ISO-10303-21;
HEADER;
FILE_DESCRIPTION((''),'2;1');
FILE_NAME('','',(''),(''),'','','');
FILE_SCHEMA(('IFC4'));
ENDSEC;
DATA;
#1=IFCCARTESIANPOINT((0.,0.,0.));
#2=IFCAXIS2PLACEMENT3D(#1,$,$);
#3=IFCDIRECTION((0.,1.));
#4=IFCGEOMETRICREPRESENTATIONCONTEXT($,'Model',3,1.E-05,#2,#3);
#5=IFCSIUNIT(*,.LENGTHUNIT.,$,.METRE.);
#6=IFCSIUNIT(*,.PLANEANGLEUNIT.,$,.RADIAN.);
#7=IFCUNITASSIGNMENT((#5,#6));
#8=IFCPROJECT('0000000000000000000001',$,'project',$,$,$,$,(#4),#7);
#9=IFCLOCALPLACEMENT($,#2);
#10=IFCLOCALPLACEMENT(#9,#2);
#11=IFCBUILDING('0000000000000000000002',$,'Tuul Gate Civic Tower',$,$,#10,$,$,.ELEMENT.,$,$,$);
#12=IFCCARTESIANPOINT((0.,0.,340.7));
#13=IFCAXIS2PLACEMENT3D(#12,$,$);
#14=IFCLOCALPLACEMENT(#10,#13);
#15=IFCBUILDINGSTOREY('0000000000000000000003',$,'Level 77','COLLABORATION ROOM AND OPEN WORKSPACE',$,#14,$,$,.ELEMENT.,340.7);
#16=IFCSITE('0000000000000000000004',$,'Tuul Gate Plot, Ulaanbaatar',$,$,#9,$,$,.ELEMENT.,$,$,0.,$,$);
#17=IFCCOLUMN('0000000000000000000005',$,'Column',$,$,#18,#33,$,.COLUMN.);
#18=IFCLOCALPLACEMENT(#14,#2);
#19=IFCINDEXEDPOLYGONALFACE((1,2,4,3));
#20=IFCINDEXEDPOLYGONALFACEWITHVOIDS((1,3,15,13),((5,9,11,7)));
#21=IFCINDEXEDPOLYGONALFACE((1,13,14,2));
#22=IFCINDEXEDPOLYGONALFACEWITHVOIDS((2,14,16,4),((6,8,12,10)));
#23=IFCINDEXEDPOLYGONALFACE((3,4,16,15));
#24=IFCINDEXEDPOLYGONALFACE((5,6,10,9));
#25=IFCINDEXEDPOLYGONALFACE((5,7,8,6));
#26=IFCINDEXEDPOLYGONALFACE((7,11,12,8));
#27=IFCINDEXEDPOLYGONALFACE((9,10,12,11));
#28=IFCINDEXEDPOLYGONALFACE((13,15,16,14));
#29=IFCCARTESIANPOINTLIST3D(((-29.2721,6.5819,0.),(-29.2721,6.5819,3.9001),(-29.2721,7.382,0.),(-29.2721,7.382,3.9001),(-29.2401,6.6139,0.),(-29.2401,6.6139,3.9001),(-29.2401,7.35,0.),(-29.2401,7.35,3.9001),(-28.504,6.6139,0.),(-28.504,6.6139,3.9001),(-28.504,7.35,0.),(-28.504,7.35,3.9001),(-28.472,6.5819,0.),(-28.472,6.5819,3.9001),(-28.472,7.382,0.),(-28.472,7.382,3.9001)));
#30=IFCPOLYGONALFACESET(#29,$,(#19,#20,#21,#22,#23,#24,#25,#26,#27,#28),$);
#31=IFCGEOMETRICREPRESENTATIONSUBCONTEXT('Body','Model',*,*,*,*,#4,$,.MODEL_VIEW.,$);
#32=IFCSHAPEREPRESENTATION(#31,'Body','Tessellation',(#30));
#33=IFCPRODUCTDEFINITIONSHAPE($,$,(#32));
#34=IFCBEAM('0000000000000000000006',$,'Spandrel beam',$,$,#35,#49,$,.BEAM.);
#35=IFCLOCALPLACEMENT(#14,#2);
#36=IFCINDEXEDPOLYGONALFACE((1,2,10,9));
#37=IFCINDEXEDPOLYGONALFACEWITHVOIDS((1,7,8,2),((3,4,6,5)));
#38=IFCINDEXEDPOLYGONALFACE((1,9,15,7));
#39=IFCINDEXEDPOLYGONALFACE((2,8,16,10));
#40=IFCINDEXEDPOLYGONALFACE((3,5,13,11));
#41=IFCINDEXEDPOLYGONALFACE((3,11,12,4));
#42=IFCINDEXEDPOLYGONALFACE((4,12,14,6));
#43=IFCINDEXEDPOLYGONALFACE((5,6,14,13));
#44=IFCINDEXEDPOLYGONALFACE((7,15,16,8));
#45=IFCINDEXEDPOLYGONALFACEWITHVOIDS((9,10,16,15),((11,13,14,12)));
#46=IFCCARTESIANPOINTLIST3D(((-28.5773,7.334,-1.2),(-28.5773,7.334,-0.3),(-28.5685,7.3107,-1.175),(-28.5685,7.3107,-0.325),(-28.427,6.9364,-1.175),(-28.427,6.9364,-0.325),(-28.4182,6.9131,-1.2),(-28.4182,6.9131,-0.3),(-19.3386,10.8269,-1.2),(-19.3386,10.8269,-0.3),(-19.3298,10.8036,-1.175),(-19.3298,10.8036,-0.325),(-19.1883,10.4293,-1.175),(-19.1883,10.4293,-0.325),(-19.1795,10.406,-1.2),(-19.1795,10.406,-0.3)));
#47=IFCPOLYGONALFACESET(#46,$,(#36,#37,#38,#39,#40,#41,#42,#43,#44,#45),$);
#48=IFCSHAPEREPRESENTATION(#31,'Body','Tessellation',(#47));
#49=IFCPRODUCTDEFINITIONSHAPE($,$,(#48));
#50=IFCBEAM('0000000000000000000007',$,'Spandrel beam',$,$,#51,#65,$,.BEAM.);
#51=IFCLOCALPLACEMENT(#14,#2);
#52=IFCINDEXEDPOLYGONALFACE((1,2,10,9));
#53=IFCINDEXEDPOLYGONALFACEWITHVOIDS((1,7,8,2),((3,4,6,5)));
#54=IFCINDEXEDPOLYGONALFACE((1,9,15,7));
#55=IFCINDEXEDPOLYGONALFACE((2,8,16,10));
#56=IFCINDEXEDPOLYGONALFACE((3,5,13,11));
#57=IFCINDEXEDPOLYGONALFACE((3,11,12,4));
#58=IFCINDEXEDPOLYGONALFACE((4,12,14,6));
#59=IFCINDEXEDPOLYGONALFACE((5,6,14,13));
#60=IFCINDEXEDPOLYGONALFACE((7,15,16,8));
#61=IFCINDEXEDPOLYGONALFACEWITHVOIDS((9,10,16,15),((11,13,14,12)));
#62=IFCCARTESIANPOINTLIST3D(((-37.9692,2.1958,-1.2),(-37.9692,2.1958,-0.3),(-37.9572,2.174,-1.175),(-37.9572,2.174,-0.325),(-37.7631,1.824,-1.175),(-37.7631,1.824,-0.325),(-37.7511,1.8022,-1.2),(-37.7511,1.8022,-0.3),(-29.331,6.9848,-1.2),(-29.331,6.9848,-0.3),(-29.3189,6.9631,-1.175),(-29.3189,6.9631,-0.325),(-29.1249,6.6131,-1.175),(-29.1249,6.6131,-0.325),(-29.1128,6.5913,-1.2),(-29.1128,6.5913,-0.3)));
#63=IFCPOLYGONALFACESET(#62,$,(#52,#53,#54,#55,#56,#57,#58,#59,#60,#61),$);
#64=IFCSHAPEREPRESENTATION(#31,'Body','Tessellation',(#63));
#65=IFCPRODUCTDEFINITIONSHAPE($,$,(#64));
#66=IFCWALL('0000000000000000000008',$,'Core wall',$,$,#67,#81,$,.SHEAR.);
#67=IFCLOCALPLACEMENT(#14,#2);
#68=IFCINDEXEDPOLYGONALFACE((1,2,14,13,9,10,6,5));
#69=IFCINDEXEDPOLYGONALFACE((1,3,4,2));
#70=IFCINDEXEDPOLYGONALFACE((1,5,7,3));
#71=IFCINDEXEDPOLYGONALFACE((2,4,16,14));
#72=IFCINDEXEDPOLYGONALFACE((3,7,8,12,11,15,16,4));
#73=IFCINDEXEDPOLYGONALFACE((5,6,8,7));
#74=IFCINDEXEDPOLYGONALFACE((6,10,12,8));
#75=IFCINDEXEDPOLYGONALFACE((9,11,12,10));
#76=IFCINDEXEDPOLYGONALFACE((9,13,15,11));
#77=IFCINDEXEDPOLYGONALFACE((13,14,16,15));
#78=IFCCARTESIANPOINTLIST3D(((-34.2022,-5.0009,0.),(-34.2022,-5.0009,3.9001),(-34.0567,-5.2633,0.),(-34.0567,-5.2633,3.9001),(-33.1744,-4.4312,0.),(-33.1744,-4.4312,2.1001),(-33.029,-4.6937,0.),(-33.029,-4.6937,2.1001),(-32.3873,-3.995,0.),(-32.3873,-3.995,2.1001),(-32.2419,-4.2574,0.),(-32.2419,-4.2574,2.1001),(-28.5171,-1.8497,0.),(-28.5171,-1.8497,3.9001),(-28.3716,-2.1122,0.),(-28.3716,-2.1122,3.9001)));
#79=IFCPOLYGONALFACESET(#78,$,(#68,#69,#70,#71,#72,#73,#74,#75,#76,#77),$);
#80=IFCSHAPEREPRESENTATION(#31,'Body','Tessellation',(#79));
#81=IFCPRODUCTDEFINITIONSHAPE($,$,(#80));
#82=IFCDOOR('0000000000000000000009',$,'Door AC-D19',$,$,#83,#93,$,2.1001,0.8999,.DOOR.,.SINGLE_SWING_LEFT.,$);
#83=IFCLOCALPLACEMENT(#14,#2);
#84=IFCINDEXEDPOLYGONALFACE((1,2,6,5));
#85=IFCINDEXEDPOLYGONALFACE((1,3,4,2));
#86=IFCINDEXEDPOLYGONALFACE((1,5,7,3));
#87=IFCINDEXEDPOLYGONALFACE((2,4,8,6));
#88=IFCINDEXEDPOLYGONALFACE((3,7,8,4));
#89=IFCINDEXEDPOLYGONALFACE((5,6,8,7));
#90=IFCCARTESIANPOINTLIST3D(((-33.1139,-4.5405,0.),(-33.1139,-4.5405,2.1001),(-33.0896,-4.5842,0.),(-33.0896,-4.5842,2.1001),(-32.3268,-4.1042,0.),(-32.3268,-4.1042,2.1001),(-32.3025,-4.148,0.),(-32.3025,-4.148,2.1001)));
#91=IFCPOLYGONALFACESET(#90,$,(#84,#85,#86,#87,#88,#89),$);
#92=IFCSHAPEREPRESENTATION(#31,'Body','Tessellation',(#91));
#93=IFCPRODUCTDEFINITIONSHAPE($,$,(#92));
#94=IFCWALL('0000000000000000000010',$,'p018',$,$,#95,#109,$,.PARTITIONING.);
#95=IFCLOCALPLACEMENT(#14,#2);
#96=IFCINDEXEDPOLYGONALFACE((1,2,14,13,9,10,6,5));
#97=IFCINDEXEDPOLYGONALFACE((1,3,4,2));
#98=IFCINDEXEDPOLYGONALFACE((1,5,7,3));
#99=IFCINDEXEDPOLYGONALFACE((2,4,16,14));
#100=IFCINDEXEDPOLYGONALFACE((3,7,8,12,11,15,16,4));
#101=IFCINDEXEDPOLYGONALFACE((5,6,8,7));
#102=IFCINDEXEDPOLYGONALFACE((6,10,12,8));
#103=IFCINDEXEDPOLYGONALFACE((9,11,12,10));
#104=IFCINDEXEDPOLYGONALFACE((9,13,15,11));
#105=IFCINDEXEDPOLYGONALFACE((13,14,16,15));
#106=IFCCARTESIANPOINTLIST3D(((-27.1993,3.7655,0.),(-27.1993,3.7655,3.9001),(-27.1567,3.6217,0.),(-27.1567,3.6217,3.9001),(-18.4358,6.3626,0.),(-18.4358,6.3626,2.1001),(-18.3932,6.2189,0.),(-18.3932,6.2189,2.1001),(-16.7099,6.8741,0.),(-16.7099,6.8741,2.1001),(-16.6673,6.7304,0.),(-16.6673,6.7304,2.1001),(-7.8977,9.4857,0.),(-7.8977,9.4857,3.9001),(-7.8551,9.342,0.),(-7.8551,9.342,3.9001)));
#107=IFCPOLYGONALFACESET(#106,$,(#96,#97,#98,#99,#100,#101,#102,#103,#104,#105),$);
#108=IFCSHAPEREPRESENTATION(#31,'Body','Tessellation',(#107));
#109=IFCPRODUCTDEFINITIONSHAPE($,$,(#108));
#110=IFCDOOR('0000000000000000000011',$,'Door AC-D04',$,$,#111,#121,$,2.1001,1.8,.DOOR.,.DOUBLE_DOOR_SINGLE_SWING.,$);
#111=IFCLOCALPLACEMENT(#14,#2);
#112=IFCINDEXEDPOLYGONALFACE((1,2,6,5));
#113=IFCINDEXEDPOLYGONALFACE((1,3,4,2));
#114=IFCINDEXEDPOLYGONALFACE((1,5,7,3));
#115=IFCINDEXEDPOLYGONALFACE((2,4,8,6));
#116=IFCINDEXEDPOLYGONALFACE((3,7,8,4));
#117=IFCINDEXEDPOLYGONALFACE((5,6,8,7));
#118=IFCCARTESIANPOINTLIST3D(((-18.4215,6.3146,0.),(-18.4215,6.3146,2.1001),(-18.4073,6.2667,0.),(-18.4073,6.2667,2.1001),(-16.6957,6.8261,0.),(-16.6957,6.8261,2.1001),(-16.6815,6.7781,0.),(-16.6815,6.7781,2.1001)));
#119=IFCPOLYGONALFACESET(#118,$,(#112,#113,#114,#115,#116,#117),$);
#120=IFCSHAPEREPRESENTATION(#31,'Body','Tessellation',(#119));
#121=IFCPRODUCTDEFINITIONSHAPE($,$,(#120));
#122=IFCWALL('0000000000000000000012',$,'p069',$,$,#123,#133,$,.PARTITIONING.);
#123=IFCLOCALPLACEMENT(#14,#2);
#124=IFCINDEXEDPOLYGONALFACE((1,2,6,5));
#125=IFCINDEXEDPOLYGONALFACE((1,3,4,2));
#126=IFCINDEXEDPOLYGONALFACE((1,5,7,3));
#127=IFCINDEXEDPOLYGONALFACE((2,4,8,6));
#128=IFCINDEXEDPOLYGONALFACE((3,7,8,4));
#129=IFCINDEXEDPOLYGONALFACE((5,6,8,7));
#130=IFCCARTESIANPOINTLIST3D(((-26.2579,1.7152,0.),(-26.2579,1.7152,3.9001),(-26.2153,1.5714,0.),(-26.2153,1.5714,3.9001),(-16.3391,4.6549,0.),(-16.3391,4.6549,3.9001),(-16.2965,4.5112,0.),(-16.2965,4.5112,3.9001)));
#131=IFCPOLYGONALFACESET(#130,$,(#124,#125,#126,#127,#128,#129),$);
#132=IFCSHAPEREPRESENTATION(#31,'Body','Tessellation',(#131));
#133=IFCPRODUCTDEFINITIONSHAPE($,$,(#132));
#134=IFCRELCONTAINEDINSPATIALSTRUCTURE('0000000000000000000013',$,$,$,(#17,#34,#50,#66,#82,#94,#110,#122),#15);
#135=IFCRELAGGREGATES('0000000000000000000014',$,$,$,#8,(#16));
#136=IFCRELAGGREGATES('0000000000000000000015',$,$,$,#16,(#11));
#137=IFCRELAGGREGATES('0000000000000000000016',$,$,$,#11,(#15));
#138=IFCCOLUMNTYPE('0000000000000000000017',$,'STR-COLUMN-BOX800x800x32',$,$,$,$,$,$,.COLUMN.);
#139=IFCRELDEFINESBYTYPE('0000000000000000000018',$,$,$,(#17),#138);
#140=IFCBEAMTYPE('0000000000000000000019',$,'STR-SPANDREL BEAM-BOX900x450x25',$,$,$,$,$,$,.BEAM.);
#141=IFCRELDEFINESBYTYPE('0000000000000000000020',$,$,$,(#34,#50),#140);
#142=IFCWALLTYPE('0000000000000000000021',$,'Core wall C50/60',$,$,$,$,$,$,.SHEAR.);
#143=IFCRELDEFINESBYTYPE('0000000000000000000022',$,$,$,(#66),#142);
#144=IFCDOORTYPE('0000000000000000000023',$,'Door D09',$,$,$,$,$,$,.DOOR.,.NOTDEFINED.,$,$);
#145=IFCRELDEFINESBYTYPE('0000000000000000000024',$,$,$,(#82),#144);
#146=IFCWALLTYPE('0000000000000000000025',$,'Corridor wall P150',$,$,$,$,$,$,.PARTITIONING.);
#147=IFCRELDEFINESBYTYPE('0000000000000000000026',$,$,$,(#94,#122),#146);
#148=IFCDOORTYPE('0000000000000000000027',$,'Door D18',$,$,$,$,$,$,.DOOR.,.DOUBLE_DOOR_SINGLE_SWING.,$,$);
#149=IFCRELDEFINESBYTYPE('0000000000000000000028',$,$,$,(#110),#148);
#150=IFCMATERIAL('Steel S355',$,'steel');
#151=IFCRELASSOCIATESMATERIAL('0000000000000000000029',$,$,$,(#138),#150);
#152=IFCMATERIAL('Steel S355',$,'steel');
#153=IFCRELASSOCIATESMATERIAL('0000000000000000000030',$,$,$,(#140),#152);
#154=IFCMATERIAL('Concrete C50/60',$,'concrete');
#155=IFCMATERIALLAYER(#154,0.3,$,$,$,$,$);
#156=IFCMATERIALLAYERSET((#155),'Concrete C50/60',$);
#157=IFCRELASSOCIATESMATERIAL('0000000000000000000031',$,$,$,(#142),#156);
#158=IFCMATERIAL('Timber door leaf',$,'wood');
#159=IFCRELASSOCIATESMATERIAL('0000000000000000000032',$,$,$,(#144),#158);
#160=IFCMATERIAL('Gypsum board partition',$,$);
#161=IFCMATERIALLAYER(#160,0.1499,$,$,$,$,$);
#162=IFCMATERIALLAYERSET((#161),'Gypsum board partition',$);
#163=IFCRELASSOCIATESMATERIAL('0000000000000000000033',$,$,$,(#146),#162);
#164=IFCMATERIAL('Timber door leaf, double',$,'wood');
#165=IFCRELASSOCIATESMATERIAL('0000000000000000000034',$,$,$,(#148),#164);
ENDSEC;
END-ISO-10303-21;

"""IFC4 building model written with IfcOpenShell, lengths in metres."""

from ifc_helpers import new_model, si_unit, direction, frame, frame_2d, origin, origin_2d, place, context, subcontext, project, spatial, rectangle, hollow_rectangle, extrude, material, layer, layer_set, material_profile, profile_set, type_object, element, fill, save


model = new_model("IFC4")

# Units and contexts
model_context = context("Model", 3, precision=1e-05, world=origin(), true_north=direction((0.0, 1.0)))
body_context = subcontext(model_context, "Body", "Model", "MODEL_VIEW")
ifc_project = project(units=[si_unit("LENGTHUNIT", "METRE"), si_unit("PLANEANGLEUNIT", "RADIAN")], contexts=[model_context])

# Site, building, storey
site_placement = place(None, origin())
site = spatial("IfcSite", under=ifc_project, at=site_placement, Name="Tuul Gate Plot, Ulaanbaatar", CompositionType="ELEMENT", RefElevation=0.0)
building_placement = place(site_placement, origin())
building = spatial("IfcBuilding", under=site, at=building_placement, Name="Tuul Gate Civic Tower", CompositionType="ELEMENT")
storey_placement = place(building_placement, frame((0.0, 0.0, 340.7)))
storey = spatial("IfcBuildingStorey", under=building, at=storey_placement, Name="Level 77", Description="COLLABORATION ROOM AND OPEN WORKSPACE", CompositionType="ELEMENT", Elevation=340.7)

# Column
ifc_material_1 = material(Name="Steel S355", Category="steel")
ifc_material_profile_1 = material_profile(ifc_material_1, hollow_rectangle(XDim=0.8, YDim=0.8, WallThickness=0.032, at=origin_2d()), Name="BOX800x800x32")
ifc_profile_set_1 = profile_set([ifc_material_profile_1], Name="Steel S355")
column_type = type_object("IfcColumnType", Name="STR-COLUMN-BOX800x800x32", PredefinedType="COLUMN", material=ifc_profile_set_1)
column_placement = place(storey_placement, frame((-28.8721, 6.9819, 0.0), z_axis=(0.0, 0.0, 1.0), x_axis=(1.0, 0.0, 0.0)))
element("IfcColumn", 1, at=column_placement, inside=storey, type_object=column_type, Name="Column", PredefinedType="COLUMN", context=body_context, shape_type="SweptSolid", body=[
    extrude(hollow_rectangle(XDim=0.8, YDim=0.8, WallThickness=0.032, at=origin_2d()), origin(), (0.0, 0.0, 1.0), 3.9001),
])

# Beams
ifc_material_2 = material(Name="Steel S355", Category="steel")
ifc_material_profile_2 = material_profile(ifc_material_2, hollow_rectangle(XDim=0.45, YDim=0.8999, WallThickness=0.0249, at=origin_2d()), Name="BOX900x450x25")
ifc_profile_set_2 = profile_set([ifc_material_profile_2], Name="Steel S355")
beam_type = type_object("IfcBeamType", Name="STR-SPANDREL BEAM-BOX900x450x25", PredefinedType="BEAM", material=ifc_profile_set_2)
for number, where, z_axis, x_axis, name in (
    (2, (-19.259, 10.6165, -0.75), (-0.935381, -0.353641, 0.0), (0.353641, -0.935381, 0.0), "Spandrel beam"),
    (3, (-29.2219, 6.7881, -0.75), (-0.874584, -0.484875, 0.0), (0.484875, -0.874584, 0.0), "Spandrel beam"),
):
    element("IfcBeam", number, at=place(storey_placement, frame(where, z_axis=z_axis, x_axis=x_axis)), inside=storey, type_object=beam_type, Name=name, PredefinedType="BEAM", context=body_context, shape_type="SweptSolid", body=[
        extrude(hollow_rectangle(XDim=0.45, YDim=0.8999, WallThickness=0.0249, at=origin_2d()), origin(), (0.0, 0.0, 1.0), 9.877),
    ])

# Walls, openings, doors
ifc_material_3 = material(Name="Concrete C50/60", Category="concrete")
ifc_layer_1 = layer(ifc_material_3, 0.3)
ifc_layer_set_1 = layer_set([ifc_layer_1], Name="Concrete C50/60")
wall_type_1 = type_object("IfcWallType", Name="Core wall C50/60", PredefinedType="SHEAR", material=ifc_layer_set_1)
wall_1_placement = place(storey_placement, frame((-28.4443, -1.981, 0.0), z_axis=(0.0, 0.0, 1.0), x_axis=(-0.87463, -0.484791, 0.0)))
wall_1 = element("IfcWall", 4, at=wall_1_placement, inside=storey, type_object=wall_type_1, Name="Core wall", PredefinedType="SHEAR", context=body_context, shape_type="SweptSolid", body=[
    extrude(rectangle(XDim=6.5, YDim=0.3, at=frame_2d((3.25, 0.0))), origin(), (0.0, 0.0, 1.0), 3.9001),
])
opening_1_placement = place(wall_1_placement, frame((4.425, 0.0, 0.0)))
opening_1 = element("IfcOpeningElement", 5, at=opening_1_placement, cuts=wall_1, PredefinedType="OPENING", context=body_context, shape_type="SweptSolid", body=[
    extrude(rectangle(XDim=0.8999, YDim=2.1001, at=frame_2d((0.45, 1.05))), frame((0.0, 0.1602, 0.0), z_axis=(0.0, -1.0, 0.0), x_axis=(1.0, 0.0, 0.0)), (0.0, 0.0, 1.0), 0.3201),
])
ifc_material_4 = material(Name="Timber door leaf", Category="wood")
door_type_1 = type_object("IfcDoorType", Name="Door D09", OperationType="NOTDEFINED", PredefinedType="DOOR", material=ifc_material_4)
door_1_placement = place(opening_1_placement, origin())
door_1 = element("IfcDoor", 6, at=door_1_placement, inside=storey, type_object=door_type_1, Name="Door AC-D19", OperationType="SINGLE_SWING_LEFT", OverallHeight=2.1001, OverallWidth=0.8999, PredefinedType="DOOR", context=body_context, shape_type="SweptSolid", body=[
    extrude(rectangle(XDim=0.8999, YDim=2.1001, at=frame_2d((0.45, 1.05))), frame((0.0, 0.0249, 0.0), z_axis=(0.0, -1.0, 0.0), x_axis=(1.0, 0.0, 0.0)), (0.0, 0.0, 1.0), 0.05),
])
fill(opening_1, door_1)
ifc_material_5 = material(Name="Gypsum board partition")
ifc_layer_2 = layer(ifc_material_5, 0.1499)
ifc_layer_set_2 = layer_set([ifc_layer_2], Name="Gypsum board partition")
wall_type_2 = type_object("IfcWallType", Name="Corridor wall P150", PredefinedType="PARTITIONING", material=ifc_layer_set_2)
wall_2_placement = place(storey_placement, frame((-27.178, 3.6936, 0.0), z_axis=(0.0, 0.0, 1.0), x_axis=(0.958781, 0.284145, 0.0)))
wall_2 = element("IfcWall", 7, at=wall_2_placement, inside=storey, type_object=wall_type_2, Name="p018", PredefinedType="PARTITIONING", context=body_context, shape_type="SweptSolid", body=[
    extrude(rectangle(XDim=20.1313, YDim=0.1499, at=frame_2d((10.0657, 0.0))), origin(), (0.0, 0.0, 1.0), 3.9001),
])
opening_2_placement = place(wall_2_placement, frame((9.1404, 0.0, 0.0)))
opening_2 = element("IfcOpeningElement", 8, at=opening_2_placement, cuts=wall_2, PredefinedType="OPENING", context=body_context, shape_type="SweptSolid", body=[
    extrude(rectangle(XDim=1.8, YDim=2.1001, at=frame_2d((0.8999, 1.05))), frame((0.0, 0.085, 0.0), z_axis=(0.0, -1.0, 0.0), x_axis=(1.0, 0.0, 0.0)), (0.0, 0.0, 1.0), 0.1699),
])
ifc_material_6 = material(Name="Timber door leaf, double", Category="wood")
door_type_2 = type_object("IfcDoorType", Name="Door D18", OperationType="DOUBLE_DOOR_SINGLE_SWING", PredefinedType="DOOR", material=ifc_material_6)
door_2_placement = place(opening_2_placement, origin())
door_2 = element("IfcDoor", 9, at=door_2_placement, inside=storey, type_object=door_type_2, Name="Door AC-D04", OperationType="DOUBLE_DOOR_SINGLE_SWING", OverallHeight=2.1001, OverallWidth=1.8, PredefinedType="DOOR", context=body_context, shape_type="SweptSolid", body=[
    extrude(rectangle(XDim=1.8, YDim=2.1001, at=frame_2d((0.8999, 1.05))), frame((0.0, 0.0249, 0.0), z_axis=(0.0, -1.0, 0.0), x_axis=(1.0, 0.0, 0.0)), (0.0, 0.0, 1.0), 0.05),
])
fill(opening_2, door_2)

# Wall
wall_3_placement = place(storey_placement, frame((-26.2366, 1.6433, 0.0), z_axis=(0.0, 0.0, 1.0), x_axis=(0.958776, 0.284161, 0.0)))
element("IfcWall", 10, at=wall_3_placement, inside=storey, type_object=wall_type_2, Name="p069", PredefinedType="PARTITIONING", context=body_context, shape_type="SweptSolid", body=[
    extrude(rectangle(XDim=10.3452, YDim=0.1499, at=frame_2d((5.1726, 0.0))), origin(), (0.0, 0.0, 1.0), 3.9001),
])

save(model, "model.ifc")
